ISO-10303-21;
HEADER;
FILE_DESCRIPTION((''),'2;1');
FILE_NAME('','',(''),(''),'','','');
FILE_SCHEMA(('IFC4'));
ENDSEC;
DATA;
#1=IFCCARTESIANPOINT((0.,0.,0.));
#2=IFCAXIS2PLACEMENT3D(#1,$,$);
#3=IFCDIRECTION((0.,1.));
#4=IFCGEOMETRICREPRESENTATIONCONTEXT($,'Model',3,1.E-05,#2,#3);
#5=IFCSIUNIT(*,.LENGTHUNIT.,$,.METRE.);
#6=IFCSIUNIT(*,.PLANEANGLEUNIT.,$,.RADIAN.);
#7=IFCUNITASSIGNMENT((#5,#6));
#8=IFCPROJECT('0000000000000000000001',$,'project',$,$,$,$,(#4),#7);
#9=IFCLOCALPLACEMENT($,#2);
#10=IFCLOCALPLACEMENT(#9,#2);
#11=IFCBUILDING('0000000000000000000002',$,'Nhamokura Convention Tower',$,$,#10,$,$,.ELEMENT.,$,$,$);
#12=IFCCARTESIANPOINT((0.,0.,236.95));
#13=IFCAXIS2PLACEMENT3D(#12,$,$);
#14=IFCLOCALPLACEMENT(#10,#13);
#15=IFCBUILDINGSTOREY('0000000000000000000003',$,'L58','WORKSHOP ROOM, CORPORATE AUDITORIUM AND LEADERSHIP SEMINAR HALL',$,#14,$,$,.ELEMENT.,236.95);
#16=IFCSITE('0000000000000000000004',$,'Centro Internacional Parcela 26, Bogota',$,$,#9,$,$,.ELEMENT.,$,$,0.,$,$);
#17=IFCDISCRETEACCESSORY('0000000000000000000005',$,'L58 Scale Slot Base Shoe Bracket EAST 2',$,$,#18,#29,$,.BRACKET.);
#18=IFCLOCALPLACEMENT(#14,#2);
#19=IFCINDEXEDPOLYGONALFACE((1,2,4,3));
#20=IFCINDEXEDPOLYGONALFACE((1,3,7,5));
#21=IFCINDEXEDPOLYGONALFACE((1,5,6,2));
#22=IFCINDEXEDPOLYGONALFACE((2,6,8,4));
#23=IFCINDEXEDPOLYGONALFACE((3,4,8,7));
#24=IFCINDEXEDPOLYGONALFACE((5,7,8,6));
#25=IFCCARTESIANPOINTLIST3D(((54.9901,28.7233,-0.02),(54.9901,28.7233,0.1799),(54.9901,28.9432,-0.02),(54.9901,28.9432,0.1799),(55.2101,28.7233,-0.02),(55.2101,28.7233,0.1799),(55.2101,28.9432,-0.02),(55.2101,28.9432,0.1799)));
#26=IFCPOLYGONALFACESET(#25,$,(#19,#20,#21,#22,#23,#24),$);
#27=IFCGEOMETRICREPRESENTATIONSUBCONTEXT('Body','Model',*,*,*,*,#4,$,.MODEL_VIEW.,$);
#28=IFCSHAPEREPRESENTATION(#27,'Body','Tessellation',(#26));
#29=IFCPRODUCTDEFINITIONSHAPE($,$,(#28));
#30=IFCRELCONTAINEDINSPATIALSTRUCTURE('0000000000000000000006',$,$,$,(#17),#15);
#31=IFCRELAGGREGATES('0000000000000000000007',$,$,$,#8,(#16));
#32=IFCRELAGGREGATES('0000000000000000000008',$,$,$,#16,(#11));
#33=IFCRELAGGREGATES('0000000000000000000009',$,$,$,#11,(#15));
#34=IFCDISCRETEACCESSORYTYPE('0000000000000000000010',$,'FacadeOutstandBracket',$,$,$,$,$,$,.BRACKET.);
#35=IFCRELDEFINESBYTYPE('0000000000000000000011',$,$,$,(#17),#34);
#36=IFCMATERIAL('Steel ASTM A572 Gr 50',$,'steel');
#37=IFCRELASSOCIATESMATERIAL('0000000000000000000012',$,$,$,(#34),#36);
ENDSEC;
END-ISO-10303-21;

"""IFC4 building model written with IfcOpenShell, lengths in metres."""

from ifc_helpers import new_model, si_unit, direction, frame, origin, origin_2d, place, context, subcontext, project, spatial, rectangle, extrude, material, type_object, element, save


model = new_model("IFC4")

# Units and contexts
model_context = context("Model", 3, precision=1e-05, world=origin(), true_north=direction((0.0, 1.0)))
body_context = subcontext(model_context, "Body", "Model", "MODEL_VIEW")
ifc_project = project(units=[si_unit("LENGTHUNIT", "METRE"), si_unit("PLANEANGLEUNIT", "RADIAN")], contexts=[model_context])

# Site, building, storey
site_placement = place(None, origin())
site = spatial("IfcSite", under=ifc_project, at=site_placement, Name="Centro Internacional Parcela 26, Bogota", CompositionType="ELEMENT", RefElevation=0.0)
building_placement = place(site_placement, origin())
building = spatial("IfcBuilding", under=site, at=building_placement, Name="Nhamokura Convention Tower", CompositionType="ELEMENT")
storey_placement = place(building_placement, frame((0.0, 0.0, 236.95)))
storey = spatial("IfcBuildingStorey", under=building, at=storey_placement, Name="L58", Description="WORKSHOP ROOM, CORPORATE AUDITORIUM AND LEADERSHIP SEMINAR HALL", CompositionType="ELEMENT", Elevation=236.95)

# Discrete accessory
ifc_material_1 = material(Name="Steel ASTM A572 Gr 50", Category="steel")
discrete_accessory_type = type_object("IfcDiscreteAccessoryType", Name="FacadeOutstandBracket", PredefinedType="BRACKET", material=ifc_material_1)
discrete_accessory_placement = place(storey_placement, frame((55.1001, 28.8333, -0.02), z_axis=(0.0, 0.0, 1.0), x_axis=(1.0, 0.0, 0.0)))
element("IfcDiscreteAccessory", 1, at=discrete_accessory_placement, inside=storey, type_object=discrete_accessory_type, Name="L58 Scale Slot Base Shoe Bracket EAST 2", PredefinedType="BRACKET", context=body_context, shape_type="SweptSolid", body=[
    extrude(rectangle(XDim=0.22, YDim=0.22, at=origin_2d()), origin(), (0.0, 0.0, 1.0), 0.2),
])

save(model, "model.ifc")
